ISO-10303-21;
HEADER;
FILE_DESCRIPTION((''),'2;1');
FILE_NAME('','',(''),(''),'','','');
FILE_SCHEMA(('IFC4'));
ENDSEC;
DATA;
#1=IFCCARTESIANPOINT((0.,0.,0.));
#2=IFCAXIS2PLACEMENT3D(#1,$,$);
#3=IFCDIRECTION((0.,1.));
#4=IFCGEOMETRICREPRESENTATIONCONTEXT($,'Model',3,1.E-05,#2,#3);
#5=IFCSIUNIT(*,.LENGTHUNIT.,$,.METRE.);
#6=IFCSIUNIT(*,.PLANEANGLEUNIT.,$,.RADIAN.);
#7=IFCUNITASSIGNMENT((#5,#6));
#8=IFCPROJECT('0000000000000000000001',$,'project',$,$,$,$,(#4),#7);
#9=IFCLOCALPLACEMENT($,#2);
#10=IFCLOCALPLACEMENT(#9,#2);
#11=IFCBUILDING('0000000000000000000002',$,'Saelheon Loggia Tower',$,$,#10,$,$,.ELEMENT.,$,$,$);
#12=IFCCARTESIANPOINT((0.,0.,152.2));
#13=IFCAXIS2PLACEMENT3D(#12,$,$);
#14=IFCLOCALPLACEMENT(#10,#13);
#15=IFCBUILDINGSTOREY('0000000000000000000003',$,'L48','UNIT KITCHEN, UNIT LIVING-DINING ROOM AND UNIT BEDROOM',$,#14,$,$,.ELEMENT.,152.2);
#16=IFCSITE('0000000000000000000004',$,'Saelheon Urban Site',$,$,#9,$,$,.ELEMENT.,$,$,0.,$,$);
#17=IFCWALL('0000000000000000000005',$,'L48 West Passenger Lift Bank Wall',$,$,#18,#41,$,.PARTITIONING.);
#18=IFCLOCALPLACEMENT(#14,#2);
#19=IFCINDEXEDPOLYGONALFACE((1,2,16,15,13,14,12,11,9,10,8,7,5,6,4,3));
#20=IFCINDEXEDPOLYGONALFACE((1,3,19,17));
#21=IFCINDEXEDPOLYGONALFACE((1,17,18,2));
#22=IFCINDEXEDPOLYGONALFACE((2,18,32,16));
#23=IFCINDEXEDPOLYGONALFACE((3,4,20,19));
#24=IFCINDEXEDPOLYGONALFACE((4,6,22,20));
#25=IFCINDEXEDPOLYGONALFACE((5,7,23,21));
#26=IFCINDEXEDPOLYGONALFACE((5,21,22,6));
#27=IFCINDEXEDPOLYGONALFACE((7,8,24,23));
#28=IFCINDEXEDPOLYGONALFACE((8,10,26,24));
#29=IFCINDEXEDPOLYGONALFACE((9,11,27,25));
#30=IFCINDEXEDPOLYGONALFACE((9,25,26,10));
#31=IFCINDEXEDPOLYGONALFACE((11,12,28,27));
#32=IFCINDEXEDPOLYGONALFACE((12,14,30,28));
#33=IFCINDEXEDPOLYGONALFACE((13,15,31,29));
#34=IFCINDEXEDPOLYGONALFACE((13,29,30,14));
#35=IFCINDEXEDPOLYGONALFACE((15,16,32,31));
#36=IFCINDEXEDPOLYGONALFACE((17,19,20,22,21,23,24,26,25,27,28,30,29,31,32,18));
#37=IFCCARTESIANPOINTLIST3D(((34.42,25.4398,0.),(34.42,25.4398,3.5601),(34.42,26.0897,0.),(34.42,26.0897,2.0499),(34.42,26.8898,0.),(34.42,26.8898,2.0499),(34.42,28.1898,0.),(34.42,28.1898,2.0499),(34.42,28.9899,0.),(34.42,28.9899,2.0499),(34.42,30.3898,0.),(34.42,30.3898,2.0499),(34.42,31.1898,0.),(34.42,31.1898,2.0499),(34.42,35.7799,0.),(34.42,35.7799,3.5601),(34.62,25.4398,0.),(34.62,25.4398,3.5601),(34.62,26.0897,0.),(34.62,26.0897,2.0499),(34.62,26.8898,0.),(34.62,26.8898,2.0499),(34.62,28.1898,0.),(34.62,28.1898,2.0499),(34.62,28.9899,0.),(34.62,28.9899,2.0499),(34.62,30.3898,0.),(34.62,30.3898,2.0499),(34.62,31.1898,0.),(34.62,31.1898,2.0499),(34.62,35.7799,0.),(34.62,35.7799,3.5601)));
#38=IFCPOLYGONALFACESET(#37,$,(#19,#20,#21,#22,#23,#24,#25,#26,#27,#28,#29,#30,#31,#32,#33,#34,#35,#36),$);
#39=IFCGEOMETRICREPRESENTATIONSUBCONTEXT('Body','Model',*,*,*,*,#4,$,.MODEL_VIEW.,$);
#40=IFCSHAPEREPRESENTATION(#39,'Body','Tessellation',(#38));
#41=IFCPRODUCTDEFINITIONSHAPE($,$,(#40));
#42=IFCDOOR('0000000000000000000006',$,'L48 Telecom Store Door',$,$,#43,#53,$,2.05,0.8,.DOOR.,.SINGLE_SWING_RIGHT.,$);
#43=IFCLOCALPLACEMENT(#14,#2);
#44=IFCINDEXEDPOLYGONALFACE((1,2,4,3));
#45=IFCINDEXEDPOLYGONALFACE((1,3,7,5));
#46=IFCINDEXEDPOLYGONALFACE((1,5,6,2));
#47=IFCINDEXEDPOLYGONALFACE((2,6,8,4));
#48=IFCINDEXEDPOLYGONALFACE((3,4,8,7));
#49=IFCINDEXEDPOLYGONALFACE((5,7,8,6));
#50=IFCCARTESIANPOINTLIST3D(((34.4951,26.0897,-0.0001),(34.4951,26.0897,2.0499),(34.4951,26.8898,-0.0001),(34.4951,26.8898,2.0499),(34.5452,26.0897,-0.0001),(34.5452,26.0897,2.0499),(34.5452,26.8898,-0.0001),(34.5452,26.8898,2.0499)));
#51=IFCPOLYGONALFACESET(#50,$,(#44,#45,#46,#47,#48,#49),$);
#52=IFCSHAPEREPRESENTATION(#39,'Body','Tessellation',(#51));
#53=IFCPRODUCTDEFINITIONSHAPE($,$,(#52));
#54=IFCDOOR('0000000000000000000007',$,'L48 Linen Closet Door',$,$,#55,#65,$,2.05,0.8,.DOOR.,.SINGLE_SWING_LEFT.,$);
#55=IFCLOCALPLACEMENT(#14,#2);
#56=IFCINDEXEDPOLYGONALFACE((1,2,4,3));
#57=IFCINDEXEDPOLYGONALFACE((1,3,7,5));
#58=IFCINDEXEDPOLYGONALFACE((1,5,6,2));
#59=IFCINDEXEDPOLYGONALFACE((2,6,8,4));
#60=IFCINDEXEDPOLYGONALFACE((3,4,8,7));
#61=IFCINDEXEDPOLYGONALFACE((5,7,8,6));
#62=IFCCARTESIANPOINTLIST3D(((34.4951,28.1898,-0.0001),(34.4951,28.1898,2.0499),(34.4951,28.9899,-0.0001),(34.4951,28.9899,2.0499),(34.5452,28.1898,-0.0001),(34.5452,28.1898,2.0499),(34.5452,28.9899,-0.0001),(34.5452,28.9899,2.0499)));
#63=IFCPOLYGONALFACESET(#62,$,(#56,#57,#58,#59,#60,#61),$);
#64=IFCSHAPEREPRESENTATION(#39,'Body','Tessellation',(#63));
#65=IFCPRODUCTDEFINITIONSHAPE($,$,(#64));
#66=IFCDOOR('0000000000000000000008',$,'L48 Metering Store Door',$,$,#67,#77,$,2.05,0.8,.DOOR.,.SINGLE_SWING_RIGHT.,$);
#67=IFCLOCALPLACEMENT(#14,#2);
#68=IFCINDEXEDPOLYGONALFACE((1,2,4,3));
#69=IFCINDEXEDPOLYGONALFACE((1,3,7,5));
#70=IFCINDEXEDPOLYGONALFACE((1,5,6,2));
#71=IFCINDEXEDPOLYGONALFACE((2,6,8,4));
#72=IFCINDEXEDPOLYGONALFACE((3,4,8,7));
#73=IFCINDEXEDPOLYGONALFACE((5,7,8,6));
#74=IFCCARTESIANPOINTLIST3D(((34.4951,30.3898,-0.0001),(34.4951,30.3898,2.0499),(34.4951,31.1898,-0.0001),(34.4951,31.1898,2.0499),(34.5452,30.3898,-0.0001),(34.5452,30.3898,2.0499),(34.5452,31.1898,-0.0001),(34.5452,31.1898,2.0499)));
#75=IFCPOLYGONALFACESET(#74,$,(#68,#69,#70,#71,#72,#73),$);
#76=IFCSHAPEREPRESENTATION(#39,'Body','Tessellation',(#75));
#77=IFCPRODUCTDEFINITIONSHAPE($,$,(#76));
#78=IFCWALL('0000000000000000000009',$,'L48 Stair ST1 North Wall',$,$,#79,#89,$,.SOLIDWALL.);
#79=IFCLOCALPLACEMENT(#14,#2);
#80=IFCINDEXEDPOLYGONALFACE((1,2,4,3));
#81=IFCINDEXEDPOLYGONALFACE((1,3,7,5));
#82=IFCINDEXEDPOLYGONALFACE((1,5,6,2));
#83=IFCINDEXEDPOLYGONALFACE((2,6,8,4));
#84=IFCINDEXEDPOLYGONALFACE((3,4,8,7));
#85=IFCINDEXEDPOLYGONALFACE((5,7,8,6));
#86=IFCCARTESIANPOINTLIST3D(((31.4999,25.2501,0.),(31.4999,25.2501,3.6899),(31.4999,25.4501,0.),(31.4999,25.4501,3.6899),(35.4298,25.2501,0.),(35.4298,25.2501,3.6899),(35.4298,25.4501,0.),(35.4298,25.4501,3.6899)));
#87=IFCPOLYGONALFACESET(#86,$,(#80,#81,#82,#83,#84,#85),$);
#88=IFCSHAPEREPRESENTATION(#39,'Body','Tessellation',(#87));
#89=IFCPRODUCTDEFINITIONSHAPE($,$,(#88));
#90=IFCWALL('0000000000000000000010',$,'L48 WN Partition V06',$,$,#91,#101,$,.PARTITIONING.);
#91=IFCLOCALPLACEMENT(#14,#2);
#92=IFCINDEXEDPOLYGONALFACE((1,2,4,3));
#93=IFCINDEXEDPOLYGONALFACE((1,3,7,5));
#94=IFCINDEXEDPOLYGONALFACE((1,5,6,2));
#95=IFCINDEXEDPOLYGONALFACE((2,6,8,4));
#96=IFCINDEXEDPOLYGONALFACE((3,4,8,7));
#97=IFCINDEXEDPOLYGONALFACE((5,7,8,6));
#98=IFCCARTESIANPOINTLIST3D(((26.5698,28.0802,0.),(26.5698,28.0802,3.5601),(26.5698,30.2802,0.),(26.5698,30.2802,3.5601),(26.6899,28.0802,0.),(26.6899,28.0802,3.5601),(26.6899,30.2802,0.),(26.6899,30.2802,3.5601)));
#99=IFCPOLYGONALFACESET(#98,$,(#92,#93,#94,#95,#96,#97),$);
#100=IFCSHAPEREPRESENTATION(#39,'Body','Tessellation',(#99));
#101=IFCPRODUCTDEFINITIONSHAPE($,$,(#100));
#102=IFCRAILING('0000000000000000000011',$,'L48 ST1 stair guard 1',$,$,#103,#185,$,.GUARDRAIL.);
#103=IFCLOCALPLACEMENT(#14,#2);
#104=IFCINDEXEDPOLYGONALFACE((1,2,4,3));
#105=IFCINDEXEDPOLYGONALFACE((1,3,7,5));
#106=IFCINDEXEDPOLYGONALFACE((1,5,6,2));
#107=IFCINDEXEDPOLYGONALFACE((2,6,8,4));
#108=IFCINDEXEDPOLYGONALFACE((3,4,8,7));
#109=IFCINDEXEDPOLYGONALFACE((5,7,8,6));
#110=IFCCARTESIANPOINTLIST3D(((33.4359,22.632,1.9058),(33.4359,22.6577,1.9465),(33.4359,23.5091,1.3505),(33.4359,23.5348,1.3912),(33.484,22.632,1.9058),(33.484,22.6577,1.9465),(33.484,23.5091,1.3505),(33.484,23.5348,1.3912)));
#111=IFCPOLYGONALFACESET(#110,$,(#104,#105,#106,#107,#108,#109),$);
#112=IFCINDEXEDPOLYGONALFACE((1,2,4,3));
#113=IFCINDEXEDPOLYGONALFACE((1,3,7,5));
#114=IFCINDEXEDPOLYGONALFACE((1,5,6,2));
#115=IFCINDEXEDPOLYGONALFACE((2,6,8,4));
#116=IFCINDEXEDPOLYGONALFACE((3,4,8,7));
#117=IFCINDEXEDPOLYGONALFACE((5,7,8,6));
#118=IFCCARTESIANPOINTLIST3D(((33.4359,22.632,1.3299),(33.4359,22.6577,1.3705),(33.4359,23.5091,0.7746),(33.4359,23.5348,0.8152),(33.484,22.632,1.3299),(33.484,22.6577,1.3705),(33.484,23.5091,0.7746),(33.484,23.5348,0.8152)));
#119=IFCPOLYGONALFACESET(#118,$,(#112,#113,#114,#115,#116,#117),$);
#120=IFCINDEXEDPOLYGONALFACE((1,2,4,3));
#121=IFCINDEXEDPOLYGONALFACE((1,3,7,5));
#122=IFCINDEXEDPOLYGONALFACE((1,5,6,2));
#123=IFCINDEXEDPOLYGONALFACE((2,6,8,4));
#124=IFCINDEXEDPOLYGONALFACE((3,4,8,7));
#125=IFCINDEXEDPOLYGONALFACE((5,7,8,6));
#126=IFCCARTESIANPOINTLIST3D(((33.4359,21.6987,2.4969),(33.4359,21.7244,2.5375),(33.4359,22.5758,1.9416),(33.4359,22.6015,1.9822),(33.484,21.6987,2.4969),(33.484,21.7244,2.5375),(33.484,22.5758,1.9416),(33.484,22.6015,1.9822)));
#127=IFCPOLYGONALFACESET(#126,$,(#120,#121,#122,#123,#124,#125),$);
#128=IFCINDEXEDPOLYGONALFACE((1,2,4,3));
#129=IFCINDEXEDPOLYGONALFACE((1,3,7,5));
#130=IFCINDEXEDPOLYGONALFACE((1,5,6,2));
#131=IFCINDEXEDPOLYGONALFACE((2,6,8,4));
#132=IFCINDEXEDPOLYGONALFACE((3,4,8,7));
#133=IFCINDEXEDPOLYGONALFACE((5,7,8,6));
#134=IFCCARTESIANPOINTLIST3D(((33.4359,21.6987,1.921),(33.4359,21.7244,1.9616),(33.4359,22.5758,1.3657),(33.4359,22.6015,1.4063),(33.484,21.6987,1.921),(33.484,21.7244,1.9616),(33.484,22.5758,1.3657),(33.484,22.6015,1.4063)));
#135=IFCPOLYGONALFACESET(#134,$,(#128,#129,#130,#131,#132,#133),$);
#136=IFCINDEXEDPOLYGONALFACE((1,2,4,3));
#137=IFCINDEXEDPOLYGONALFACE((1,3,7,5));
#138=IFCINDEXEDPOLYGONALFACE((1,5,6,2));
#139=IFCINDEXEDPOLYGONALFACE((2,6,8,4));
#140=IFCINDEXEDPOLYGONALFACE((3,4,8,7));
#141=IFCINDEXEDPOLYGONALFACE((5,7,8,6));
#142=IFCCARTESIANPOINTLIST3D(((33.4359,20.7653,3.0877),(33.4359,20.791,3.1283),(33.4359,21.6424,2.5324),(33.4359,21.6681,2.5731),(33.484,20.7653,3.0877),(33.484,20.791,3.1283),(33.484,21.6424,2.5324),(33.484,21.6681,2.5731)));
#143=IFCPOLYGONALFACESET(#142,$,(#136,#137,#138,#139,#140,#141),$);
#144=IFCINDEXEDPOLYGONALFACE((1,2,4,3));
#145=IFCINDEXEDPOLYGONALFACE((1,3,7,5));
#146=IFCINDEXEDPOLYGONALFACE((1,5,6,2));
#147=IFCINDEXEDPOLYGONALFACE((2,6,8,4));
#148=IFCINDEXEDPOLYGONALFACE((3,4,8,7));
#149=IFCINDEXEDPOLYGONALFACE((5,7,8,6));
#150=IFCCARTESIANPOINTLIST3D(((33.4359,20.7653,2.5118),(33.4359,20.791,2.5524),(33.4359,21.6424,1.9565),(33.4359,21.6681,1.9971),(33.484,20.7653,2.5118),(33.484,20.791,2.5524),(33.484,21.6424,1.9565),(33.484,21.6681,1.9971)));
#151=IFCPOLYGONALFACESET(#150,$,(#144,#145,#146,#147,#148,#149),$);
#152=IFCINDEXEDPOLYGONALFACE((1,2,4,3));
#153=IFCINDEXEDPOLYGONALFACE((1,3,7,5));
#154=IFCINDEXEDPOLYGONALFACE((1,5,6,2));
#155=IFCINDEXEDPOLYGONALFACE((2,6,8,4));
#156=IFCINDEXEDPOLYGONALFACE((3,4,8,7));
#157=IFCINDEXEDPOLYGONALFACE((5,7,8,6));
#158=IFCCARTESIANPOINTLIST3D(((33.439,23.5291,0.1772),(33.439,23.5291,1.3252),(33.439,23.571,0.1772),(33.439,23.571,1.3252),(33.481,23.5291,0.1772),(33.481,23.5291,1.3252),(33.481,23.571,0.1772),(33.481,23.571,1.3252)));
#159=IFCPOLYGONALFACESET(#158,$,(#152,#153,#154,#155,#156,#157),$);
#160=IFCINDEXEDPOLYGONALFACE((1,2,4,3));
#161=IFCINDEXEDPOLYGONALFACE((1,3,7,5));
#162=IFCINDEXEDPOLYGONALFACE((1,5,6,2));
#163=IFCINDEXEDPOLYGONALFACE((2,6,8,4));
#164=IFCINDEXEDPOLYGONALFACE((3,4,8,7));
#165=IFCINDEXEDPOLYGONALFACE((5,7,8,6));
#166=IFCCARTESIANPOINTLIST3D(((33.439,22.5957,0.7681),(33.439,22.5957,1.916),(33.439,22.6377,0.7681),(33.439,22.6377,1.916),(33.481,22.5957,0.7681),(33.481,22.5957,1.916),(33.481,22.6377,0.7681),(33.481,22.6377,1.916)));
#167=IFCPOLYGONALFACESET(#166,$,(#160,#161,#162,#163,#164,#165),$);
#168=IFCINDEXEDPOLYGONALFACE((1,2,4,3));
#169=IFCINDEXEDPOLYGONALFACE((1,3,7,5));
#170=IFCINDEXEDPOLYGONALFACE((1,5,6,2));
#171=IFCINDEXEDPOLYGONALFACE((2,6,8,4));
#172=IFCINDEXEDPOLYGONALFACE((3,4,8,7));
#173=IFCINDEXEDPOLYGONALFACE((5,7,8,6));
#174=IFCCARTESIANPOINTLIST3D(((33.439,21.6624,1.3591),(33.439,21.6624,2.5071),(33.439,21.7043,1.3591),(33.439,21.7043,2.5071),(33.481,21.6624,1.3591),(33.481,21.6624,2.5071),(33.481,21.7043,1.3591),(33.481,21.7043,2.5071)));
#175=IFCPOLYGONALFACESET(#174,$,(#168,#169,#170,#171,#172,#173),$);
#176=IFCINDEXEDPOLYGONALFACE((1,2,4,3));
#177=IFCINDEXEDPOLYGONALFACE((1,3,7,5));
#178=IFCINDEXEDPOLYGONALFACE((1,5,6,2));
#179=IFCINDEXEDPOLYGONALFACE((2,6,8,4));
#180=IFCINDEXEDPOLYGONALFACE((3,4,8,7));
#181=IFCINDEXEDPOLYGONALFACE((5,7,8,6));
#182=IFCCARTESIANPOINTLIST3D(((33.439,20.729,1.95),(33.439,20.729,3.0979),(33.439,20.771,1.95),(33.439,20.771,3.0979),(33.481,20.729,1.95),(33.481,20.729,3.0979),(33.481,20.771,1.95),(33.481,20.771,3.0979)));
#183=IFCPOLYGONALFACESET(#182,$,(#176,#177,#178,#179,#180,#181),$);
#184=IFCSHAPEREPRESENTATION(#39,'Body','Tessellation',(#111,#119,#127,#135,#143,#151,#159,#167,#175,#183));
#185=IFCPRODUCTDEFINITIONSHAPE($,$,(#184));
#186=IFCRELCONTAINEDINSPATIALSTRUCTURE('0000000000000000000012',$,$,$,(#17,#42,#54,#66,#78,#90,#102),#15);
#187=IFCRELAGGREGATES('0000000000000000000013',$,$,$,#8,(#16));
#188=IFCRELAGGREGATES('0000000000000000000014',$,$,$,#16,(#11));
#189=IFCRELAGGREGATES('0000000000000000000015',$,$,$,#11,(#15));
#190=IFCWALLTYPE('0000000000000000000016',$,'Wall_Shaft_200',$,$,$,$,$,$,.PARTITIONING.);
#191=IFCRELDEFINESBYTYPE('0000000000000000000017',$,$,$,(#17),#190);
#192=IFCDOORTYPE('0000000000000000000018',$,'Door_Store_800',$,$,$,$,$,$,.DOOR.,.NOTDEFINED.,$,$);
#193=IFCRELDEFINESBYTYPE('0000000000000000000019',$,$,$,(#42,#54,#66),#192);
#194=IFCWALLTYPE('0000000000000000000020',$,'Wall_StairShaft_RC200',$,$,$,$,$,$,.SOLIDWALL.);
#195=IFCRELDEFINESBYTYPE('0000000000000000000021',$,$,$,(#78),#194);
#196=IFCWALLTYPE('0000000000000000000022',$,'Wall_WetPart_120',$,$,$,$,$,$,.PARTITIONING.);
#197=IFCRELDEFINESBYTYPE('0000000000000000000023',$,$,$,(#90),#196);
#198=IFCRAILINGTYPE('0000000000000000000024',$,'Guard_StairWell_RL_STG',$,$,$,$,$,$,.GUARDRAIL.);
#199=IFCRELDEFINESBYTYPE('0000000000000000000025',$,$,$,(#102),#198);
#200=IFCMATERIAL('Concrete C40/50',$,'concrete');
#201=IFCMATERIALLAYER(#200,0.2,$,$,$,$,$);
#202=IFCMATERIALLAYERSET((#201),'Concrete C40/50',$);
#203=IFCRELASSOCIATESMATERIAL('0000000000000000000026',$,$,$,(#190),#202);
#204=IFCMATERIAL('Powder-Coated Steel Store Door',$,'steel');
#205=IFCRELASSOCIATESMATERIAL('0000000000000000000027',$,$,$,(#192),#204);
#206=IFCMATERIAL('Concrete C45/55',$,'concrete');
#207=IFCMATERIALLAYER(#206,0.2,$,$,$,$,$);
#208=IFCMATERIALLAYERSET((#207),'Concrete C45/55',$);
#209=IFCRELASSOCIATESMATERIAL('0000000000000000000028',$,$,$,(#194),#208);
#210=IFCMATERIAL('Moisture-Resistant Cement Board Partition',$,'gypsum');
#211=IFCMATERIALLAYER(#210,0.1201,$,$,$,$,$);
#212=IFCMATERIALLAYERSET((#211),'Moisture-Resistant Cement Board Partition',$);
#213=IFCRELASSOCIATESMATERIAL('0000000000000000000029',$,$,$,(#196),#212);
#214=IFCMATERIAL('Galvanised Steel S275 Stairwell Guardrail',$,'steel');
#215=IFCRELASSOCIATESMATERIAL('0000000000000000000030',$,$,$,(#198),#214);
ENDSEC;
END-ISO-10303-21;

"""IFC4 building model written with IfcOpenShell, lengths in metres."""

from ifc_helpers import new_model, si_unit, direction, frame, frame_2d, origin, origin_2d, place, context, subcontext, project, spatial, rectangle, extrude, source, transform, mapped, material, layer, layer_set, type_object, element, fill, save


model = new_model("IFC4")

# Units and contexts
model_context = context("Model", 3, precision=1e-05, world=origin(), true_north=direction((0.0, 1.0)))
body_context = subcontext(model_context, "Body", "Model", "MODEL_VIEW")
ifc_project = project(units=[si_unit("LENGTHUNIT", "METRE"), si_unit("PLANEANGLEUNIT", "RADIAN")], contexts=[model_context])

# Site, building, storey
site_placement = place(None, origin())
site = spatial("IfcSite", under=ifc_project, at=site_placement, Name="Saelheon Urban Site", CompositionType="ELEMENT", RefElevation=0.0)
building_placement = place(site_placement, origin())
building = spatial("IfcBuilding", under=site, at=building_placement, Name="Saelheon Loggia Tower", CompositionType="ELEMENT")
storey_placement = place(building_placement, frame((0.0, 0.0, 152.2)))
storey = spatial("IfcBuildingStorey", under=building, at=storey_placement, Name="L48", Description="UNIT KITCHEN, UNIT LIVING-DINING ROOM AND UNIT BEDROOM", CompositionType="ELEMENT", Elevation=152.2)

# Shared definitions
ifc_material_1 = material(Name="Concrete C40/50", Category="concrete")
ifc_layer_1 = layer(ifc_material_1, 0.2)
ifc_layer_set_1 = layer_set([ifc_layer_1], Name="Concrete C40/50")
wall_type_1 = type_object("IfcWallType", Name="Wall_Shaft_200", PredefinedType="PARTITIONING", material=ifc_layer_set_1)

# Wall, openings, doors
wall_1_placement = place(storey_placement, frame((34.52, 25.4399, 0.0), z_axis=(0.0, 0.0, 1.0), x_axis=(0.0, 1.0, 0.0)))
wall_1 = element("IfcWall", 1, at=wall_1_placement, inside=storey, type_object=wall_type_1, Name="L48 West Passenger Lift Bank Wall", PredefinedType="PARTITIONING", context=body_context, shape_type="SweptSolid", body=[
    extrude(rectangle(XDim=10.3401, YDim=0.2, at=frame_2d((5.1699, 0.0))), origin(), (0.0, 0.0, 1.0), 3.5601),
])
opening_1_placement = place(wall_1_placement, frame((0.6499, 0.0, 0.0)))
opening_1 = element("IfcOpeningElement", 2, at=opening_1_placement, cuts=wall_1, PredefinedType="OPENING", context=body_context, shape_type="SweptSolid", body=[
    extrude(rectangle(XDim=0.8, YDim=2.05, at=frame_2d((0.3999, 1.0249))), frame((0.0, 0.1121, 0.0), z_axis=(0.0, -1.0, 0.0), x_axis=(1.0, 0.0, 0.0)), (0.0, 0.0, 1.0), 0.2239),
])
opening_2_placement = place(wall_1_placement, frame((2.75, 0.0, 0.0)))
opening_2 = element("IfcOpeningElement", 3, at=opening_2_placement, cuts=wall_1, PredefinedType="OPENING", context=body_context, shape_type="SweptSolid", body=[
    extrude(rectangle(XDim=0.8, YDim=2.05, at=frame_2d((0.3999, 1.0249))), frame((0.0, 0.1121, 0.0), z_axis=(0.0, -1.0, 0.0), x_axis=(1.0, 0.0, 0.0)), (0.0, 0.0, 1.0), 0.2239),
])
opening_3_placement = place(wall_1_placement, frame((4.95, 0.0, 0.0)))
opening_3 = element("IfcOpeningElement", 4, at=opening_3_placement, cuts=wall_1, PredefinedType="OPENING", context=body_context, shape_type="SweptSolid", body=[
    extrude(rectangle(XDim=0.8, YDim=2.05, at=frame_2d((0.3999, 1.0249))), frame((0.0, 0.1121, 0.0), z_axis=(0.0, -1.0, 0.0), x_axis=(1.0, 0.0, 0.0)), (0.0, 0.0, 1.0), 0.2239),
])
ifc_material_2 = material(Name="Powder-Coated Steel Store Door", Category="steel")
door_type_1 = type_object("IfcDoorType", Name="Door_Store_800", OperationType="NOTDEFINED", PredefinedType="DOOR", material=ifc_material_2)
shared_shape_1 = source(origin(), body_context, "Body", "SweptSolid", [
    extrude(rectangle(XDim=0.8, YDim=2.05, at=frame_2d((0.3999, 1.0249))), frame((0.0, 0.0249, 0.0), z_axis=(0.0, -1.0, 0.0), x_axis=(1.0, 0.0, 0.0)), (0.0, 0.0, 1.0), 0.05),
])
door_1_placement = place(opening_1_placement, origin())
door_1 = element("IfcDoor", 5, at=door_1_placement, inside=storey, type_object=door_type_1, Name="L48 Telecom Store Door", OperationType="SINGLE_SWING_RIGHT", OverallHeight=2.05, OverallWidth=0.8, PredefinedType="DOOR", context=body_context, shape_type="MappedRepresentation", body=[
    mapped(shared_shape_1, transform((0.0, 0.0, 0.0), scale=1.0)),
])
fill(opening_1, door_1)
door_2_placement = place(opening_2_placement, origin())
door_2 = element("IfcDoor", 6, at=door_2_placement, inside=storey, type_object=door_type_1, Name="L48 Linen Closet Door", OperationType="SINGLE_SWING_LEFT", OverallHeight=2.05, OverallWidth=0.8, PredefinedType="DOOR", context=body_context, shape_type="MappedRepresentation", body=[
    mapped(shared_shape_1, transform((0.0, 0.0, 0.0), scale=1.0)),
])
fill(opening_2, door_2)
door_3_placement = place(opening_3_placement, origin())
door_3 = element("IfcDoor", 7, at=door_3_placement, inside=storey, type_object=door_type_1, Name="L48 Metering Store Door", OperationType="SINGLE_SWING_RIGHT", OverallHeight=2.05, OverallWidth=0.8, PredefinedType="DOOR", context=body_context, shape_type="MappedRepresentation", body=[
    mapped(shared_shape_1, transform((0.0, 0.0, 0.0), scale=1.0)),
])
fill(opening_3, door_3)

# Walls
ifc_material_3 = material(Name="Concrete C45/55", Category="concrete")
ifc_layer_2 = layer(ifc_material_3, 0.2)
ifc_layer_set_2 = layer_set([ifc_layer_2], Name="Concrete C45/55")
wall_type_2 = type_object("IfcWallType", Name="Wall_StairShaft_RC200", PredefinedType="SOLIDWALL", material=ifc_layer_set_2)
wall_2_placement = place(storey_placement, frame((31.5, 25.3501, 0.0), z_axis=(0.0, 0.0, 1.0), x_axis=(1.0, 0.0, 0.0)))
element("IfcWall", 8, at=wall_2_placement, inside=storey, type_object=wall_type_2, Name="L48 Stair ST1 North Wall", PredefinedType="SOLIDWALL", context=body_context, shape_type="SweptSolid", body=[
    extrude(rectangle(XDim=3.9299, YDim=0.2, at=frame_2d((1.9648, 0.0))), origin(), (0.0, 0.0, 1.0), 3.6899),
])
ifc_material_4 = material(Name="Moisture-Resistant Cement Board Partition", Category="gypsum")
ifc_layer_3 = layer(ifc_material_4, 0.1201)
ifc_layer_set_3 = layer_set([ifc_layer_3], Name="Moisture-Resistant Cement Board Partition")
wall_type_3 = type_object("IfcWallType", Name="Wall_WetPart_120", PredefinedType="PARTITIONING", material=ifc_layer_set_3)
wall_3_placement = place(storey_placement, frame((26.6299, 28.0801, 0.0), z_axis=(0.0, 0.0, 1.0), x_axis=(0.0, 1.0, 0.0)))
element("IfcWall", 9, at=wall_3_placement, inside=storey, type_object=wall_type_3, Name="L48 WN Partition V06", PredefinedType="PARTITIONING", context=body_context, shape_type="SweptSolid", body=[
    extrude(rectangle(XDim=2.2, YDim=0.1201, at=frame_2d((1.1001, 0.0))), origin(), (0.0, 0.0, 1.0), 3.5601),
])

# Railing
ifc_material_5 = material(Name="Galvanised Steel S275 Stairwell Guardrail", Category="steel")
railing_type_1 = type_object("IfcRailingType", Name="Guard_StairWell_RL_STG", PredefinedType="GUARDRAIL", material=ifc_material_5)
railing_1_placement = place(storey_placement, frame((33.46, 23.55, 0.1772)))
element("IfcRailing", 10, at=railing_1_placement, inside=storey, type_object=railing_type_1, Name="L48 ST1 stair guard 1", PredefinedType="GUARDRAIL", context=body_context, shape_type="SweptSolid", body=[
    extrude(rectangle(XDim=0.0481, YDim=0.0481, at=origin_2d()), frame((0.0, -0.0281, 1.1936), z_axis=(0.0, -0.844909, 0.53491), x_axis=(1.0, 0.0, 0.0)), (0.0, 0.0, 1.0), 1.0381),
    extrude(rectangle(XDim=0.0481, YDim=0.0481, at=origin_2d()), frame((0.0, -0.0281, 0.6177), z_axis=(0.0, -0.844909, 0.53491), x_axis=(1.0, 0.0, 0.0)), (0.0, 0.0, 1.0), 1.0381),
    extrude(rectangle(XDim=0.0481, YDim=0.0481, at=origin_2d()), frame((0.0, -0.9614, 1.7847), z_axis=(0.0, -0.844909, 0.53491), x_axis=(1.0, 0.0, 0.0)), (0.0, 0.0, 1.0), 1.0381),
    extrude(rectangle(XDim=0.0481, YDim=0.0481, at=origin_2d()), frame((0.0, -0.9614, 1.2087), z_axis=(0.0, -0.844909, 0.53491), x_axis=(1.0, 0.0, 0.0)), (0.0, 0.0, 1.0), 1.0381),
    extrude(rectangle(XDim=0.0481, YDim=0.0481, at=origin_2d()), frame((0.0, -1.8948, 2.3755), z_axis=(0.0, -0.844909, 0.53491), x_axis=(1.0, 0.0, 0.0)), (0.0, 0.0, 1.0), 1.0381),
    extrude(rectangle(XDim=0.0481, YDim=0.0481, at=origin_2d()), frame((0.0, -1.8948, 1.7996), z_axis=(0.0, -0.844909, 0.53491), x_axis=(1.0, 0.0, 0.0)), (0.0, 0.0, 1.0), 1.0381),
    extrude(rectangle(XDim=0.042, YDim=0.042, at=origin_2d()), origin(), (0.0, 0.0, 1.0), 1.1479),
    extrude(rectangle(XDim=0.042, YDim=0.042, at=origin_2d()), frame((0.0, -0.9333, 0.5908)), (0.0, 0.0, 1.0), 1.1479),
    extrude(rectangle(XDim=0.042, YDim=0.042, at=origin_2d()), frame((0.0, -1.8667, 1.1819)), (0.0, 0.0, 1.0), 1.1479),
    extrude(rectangle(XDim=0.042, YDim=0.042, at=origin_2d()), frame((0.0, -2.8, 1.7727)), (0.0, 0.0, 1.0), 1.1479),
])

save(model, "model.ifc")
